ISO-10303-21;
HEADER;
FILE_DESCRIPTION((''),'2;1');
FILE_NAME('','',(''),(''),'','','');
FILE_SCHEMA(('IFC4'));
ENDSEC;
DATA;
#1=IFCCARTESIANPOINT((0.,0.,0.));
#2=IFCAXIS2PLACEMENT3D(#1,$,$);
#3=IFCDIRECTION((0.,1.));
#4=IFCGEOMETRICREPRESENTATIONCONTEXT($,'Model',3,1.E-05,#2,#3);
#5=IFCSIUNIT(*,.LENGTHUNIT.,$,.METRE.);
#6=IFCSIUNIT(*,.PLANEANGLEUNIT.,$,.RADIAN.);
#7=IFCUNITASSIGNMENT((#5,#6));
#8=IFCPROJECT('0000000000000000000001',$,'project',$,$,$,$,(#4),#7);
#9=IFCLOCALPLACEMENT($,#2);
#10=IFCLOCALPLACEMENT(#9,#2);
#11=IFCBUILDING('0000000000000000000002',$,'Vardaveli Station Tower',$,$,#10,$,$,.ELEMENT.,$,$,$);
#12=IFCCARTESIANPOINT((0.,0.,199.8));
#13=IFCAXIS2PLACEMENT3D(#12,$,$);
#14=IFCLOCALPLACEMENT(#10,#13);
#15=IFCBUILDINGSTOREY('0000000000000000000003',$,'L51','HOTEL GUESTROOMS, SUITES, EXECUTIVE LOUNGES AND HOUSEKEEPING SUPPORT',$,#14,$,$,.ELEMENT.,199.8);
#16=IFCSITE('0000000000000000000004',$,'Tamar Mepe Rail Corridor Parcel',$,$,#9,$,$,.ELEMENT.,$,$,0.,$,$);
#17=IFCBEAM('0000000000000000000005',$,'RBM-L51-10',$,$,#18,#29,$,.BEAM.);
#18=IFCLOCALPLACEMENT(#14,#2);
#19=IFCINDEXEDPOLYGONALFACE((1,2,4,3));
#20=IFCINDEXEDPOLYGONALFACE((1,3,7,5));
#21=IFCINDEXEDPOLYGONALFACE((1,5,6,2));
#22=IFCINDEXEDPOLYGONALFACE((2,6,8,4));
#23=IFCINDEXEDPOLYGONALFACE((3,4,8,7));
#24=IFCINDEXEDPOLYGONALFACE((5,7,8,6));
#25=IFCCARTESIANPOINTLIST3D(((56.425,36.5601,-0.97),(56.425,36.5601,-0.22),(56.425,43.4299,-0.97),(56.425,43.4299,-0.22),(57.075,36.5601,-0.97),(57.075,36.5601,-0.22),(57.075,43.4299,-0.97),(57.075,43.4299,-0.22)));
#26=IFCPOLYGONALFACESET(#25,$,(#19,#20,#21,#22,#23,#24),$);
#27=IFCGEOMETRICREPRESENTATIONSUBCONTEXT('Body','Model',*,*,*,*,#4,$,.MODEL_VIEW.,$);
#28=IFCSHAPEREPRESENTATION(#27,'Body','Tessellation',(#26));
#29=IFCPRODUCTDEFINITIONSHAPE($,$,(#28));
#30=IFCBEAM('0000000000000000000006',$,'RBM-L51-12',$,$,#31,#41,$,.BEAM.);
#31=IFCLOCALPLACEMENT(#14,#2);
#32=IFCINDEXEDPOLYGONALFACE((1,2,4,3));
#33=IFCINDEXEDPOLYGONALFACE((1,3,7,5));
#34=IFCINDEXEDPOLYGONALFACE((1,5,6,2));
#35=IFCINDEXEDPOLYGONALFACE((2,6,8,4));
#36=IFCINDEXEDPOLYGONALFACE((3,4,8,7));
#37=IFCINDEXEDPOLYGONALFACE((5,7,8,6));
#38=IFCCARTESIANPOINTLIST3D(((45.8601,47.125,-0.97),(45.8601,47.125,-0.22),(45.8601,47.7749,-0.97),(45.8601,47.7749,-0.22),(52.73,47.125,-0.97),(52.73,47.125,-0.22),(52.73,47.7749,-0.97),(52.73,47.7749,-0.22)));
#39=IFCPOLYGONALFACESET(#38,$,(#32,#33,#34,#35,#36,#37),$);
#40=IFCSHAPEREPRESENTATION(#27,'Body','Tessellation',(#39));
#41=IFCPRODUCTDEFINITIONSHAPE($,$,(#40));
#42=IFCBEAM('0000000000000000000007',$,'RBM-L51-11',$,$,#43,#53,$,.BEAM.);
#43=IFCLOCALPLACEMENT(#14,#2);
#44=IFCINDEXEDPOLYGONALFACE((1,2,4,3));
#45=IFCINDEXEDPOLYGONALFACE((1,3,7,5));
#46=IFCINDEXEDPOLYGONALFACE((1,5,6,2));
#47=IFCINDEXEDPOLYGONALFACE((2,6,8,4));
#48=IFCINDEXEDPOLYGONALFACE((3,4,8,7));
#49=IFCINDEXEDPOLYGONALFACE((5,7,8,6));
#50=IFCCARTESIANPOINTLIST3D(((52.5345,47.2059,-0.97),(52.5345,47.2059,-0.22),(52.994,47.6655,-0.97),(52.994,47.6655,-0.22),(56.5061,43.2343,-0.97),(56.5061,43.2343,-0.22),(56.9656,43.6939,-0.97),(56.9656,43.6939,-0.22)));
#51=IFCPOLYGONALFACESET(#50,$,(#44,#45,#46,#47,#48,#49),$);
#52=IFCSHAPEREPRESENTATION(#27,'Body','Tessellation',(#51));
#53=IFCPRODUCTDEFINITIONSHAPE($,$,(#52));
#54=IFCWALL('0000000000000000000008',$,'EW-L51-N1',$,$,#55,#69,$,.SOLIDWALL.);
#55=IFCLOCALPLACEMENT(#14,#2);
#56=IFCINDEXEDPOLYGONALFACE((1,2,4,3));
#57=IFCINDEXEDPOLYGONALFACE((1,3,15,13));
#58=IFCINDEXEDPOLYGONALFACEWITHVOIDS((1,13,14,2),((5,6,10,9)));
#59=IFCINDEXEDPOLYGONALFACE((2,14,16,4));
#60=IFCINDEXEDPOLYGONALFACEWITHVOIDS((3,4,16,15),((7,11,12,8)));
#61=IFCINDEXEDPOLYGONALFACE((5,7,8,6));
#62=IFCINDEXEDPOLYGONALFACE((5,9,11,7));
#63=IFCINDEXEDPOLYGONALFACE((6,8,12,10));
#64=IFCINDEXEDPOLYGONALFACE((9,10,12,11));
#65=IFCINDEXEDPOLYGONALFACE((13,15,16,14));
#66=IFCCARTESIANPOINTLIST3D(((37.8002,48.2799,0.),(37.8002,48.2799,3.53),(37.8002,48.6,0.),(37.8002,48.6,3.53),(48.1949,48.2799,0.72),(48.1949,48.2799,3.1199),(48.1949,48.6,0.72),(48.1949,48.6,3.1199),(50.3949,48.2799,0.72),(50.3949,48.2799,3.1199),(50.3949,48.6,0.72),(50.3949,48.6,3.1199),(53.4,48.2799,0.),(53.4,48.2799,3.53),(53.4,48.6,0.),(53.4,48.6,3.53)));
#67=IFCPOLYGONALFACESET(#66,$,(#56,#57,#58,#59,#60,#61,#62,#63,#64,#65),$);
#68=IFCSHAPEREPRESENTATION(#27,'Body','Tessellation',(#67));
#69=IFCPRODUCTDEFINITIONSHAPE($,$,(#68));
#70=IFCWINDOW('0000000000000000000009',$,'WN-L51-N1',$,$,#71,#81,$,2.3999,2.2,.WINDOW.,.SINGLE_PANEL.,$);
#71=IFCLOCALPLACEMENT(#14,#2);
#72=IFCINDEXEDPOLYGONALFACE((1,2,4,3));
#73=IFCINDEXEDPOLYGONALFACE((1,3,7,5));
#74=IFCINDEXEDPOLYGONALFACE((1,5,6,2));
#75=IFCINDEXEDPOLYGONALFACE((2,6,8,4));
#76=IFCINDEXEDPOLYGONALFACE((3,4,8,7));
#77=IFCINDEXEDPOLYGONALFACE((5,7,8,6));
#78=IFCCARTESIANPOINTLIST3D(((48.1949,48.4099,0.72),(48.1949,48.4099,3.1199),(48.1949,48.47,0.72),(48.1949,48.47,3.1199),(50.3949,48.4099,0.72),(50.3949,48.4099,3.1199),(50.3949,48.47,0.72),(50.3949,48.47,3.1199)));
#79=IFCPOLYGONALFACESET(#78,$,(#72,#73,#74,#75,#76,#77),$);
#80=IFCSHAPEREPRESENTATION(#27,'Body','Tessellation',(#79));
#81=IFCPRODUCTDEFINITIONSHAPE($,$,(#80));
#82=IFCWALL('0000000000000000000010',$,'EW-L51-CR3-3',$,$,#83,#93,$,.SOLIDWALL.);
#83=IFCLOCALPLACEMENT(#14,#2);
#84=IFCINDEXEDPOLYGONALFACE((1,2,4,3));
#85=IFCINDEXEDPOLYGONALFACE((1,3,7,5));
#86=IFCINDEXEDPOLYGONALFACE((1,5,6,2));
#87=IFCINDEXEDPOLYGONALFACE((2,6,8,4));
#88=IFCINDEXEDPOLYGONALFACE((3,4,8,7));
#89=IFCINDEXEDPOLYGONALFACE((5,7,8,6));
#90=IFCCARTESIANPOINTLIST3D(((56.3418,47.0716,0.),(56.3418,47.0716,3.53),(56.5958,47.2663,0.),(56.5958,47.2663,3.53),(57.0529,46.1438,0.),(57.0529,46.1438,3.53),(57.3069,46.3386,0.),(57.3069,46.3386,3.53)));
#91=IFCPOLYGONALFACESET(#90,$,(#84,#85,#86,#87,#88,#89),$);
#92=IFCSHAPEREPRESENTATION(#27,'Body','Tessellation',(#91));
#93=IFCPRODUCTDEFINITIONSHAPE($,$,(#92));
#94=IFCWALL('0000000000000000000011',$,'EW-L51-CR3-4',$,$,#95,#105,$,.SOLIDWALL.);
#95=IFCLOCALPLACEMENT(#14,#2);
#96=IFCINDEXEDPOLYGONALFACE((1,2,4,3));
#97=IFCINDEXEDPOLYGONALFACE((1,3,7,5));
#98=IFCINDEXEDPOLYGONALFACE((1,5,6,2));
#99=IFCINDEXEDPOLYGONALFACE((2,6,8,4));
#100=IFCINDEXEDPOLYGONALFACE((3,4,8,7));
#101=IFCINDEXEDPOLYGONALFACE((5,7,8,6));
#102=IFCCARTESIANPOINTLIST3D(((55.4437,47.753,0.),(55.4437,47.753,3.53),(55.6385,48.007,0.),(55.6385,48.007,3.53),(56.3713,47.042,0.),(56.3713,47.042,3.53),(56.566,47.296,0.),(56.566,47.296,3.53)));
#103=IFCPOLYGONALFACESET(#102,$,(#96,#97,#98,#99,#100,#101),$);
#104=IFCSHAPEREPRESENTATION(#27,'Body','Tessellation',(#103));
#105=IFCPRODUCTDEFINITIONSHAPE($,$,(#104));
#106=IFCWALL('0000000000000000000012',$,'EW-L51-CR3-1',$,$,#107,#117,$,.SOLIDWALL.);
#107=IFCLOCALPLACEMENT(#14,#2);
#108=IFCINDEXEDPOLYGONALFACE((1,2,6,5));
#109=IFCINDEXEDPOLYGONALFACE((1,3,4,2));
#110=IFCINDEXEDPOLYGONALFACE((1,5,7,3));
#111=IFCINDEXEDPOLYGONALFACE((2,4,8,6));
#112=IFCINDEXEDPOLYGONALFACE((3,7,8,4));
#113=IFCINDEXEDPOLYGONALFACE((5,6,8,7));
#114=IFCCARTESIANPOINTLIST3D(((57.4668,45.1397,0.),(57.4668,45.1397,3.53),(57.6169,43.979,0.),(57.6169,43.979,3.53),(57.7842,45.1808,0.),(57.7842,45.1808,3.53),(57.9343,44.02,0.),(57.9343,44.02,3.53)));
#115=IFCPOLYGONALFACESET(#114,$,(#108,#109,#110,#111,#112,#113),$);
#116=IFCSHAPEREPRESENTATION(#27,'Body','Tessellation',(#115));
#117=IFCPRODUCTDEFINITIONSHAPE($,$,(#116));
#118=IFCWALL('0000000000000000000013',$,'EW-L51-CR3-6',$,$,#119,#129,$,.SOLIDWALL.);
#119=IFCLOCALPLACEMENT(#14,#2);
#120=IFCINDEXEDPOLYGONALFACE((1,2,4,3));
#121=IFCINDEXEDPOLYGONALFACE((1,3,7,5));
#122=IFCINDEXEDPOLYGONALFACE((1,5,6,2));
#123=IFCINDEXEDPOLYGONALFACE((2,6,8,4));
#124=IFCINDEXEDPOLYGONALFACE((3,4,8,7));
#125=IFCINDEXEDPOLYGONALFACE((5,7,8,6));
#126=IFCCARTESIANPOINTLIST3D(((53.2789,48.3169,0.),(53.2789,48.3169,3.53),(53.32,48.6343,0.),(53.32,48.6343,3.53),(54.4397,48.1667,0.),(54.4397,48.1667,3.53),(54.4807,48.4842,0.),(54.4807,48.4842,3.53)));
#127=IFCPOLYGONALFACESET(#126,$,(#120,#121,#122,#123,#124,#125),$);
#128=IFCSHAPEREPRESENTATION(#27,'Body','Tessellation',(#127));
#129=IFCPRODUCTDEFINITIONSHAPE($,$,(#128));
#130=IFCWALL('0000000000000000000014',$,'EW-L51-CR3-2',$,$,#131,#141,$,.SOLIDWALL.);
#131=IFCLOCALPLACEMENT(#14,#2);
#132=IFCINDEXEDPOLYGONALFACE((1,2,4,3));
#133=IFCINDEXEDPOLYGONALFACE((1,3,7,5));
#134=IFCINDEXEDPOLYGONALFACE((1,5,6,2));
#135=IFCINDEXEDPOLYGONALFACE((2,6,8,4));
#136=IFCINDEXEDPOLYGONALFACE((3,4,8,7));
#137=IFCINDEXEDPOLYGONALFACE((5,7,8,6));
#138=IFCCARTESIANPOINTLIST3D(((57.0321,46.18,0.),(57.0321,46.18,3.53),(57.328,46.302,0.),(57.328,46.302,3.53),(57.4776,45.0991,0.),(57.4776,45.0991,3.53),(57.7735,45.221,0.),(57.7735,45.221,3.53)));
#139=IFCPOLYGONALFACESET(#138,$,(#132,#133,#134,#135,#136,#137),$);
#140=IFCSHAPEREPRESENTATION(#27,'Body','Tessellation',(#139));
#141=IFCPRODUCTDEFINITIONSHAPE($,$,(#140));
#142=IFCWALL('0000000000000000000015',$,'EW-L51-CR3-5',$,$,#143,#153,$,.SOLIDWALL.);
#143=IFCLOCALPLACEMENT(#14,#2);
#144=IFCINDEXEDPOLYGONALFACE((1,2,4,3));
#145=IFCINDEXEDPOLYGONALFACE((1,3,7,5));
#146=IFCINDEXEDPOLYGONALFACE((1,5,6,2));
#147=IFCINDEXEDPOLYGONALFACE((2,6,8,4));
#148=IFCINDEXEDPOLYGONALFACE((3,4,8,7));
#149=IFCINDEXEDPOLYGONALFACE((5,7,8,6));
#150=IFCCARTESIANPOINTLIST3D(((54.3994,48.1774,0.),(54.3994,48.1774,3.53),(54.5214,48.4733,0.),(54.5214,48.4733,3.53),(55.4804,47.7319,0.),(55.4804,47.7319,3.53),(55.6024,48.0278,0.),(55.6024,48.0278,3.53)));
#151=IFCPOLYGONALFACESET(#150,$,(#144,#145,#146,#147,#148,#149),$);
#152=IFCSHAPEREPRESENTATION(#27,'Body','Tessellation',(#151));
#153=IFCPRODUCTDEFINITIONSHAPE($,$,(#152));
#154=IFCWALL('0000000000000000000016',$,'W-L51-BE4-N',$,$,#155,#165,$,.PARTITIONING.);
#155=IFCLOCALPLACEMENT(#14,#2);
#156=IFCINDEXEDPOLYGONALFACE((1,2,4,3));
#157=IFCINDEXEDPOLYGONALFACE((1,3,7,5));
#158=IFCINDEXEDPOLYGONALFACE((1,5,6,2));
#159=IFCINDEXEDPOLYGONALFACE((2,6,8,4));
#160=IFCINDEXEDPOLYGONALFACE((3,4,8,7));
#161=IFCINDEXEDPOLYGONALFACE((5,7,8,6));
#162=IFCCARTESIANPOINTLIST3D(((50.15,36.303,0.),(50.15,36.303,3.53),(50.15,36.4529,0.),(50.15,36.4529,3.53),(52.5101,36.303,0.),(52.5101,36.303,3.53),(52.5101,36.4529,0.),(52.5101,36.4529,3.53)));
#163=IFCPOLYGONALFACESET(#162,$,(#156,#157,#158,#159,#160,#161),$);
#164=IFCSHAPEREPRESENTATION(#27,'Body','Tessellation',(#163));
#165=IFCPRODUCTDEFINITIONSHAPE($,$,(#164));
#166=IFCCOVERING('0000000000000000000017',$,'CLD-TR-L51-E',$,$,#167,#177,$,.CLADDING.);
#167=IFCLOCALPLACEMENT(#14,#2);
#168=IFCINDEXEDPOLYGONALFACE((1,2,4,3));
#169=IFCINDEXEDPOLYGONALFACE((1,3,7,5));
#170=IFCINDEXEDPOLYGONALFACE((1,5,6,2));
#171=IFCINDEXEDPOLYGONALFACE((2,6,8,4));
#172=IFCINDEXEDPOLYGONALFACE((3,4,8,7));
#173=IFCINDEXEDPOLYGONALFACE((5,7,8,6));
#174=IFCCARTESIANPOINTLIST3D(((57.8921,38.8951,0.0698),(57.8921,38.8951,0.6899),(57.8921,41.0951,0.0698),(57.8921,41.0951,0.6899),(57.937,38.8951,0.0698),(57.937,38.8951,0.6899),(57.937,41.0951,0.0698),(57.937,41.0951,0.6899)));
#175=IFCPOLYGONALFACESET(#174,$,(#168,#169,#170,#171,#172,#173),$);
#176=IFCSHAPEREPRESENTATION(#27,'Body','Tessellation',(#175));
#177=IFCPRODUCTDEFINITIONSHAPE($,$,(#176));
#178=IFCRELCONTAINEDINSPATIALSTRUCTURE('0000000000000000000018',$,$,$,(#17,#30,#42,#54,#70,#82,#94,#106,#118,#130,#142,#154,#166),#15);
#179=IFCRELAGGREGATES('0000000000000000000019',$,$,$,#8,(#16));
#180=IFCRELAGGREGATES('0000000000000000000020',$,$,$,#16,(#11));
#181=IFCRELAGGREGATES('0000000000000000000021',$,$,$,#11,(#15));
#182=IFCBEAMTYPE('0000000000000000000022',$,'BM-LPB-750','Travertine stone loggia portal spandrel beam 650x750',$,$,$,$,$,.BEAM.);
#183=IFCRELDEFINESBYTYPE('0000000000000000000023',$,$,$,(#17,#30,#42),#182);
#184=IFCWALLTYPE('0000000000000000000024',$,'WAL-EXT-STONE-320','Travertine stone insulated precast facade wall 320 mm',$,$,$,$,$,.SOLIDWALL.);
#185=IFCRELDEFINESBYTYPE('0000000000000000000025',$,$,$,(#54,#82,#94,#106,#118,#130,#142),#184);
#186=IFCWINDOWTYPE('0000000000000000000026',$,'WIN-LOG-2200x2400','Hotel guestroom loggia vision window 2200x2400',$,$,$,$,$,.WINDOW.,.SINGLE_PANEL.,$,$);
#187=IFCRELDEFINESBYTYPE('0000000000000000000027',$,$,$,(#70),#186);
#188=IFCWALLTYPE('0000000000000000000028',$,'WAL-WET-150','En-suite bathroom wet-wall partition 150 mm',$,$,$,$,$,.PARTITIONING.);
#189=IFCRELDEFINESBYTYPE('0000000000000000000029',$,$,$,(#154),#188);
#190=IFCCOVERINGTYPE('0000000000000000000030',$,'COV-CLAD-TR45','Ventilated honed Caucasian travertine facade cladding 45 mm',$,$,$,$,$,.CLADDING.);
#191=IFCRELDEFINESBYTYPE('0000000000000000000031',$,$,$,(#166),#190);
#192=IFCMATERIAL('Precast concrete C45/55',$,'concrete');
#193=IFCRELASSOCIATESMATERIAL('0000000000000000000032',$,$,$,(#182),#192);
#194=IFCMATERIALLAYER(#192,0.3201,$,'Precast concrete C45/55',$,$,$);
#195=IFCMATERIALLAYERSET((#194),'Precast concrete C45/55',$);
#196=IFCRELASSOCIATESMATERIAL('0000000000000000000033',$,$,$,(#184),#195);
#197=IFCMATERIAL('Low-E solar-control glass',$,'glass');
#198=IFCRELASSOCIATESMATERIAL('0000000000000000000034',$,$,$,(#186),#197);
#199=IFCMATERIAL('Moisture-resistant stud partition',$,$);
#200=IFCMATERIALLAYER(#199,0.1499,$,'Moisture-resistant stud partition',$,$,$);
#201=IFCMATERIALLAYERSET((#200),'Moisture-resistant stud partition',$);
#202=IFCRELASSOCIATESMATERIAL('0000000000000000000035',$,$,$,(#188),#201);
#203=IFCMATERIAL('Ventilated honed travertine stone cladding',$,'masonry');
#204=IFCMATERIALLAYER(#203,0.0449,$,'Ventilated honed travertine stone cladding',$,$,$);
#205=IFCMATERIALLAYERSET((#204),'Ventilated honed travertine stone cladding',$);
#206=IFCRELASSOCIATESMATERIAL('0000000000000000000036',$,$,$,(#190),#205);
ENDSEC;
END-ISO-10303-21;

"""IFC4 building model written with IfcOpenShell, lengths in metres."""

from ifc_helpers import new_model, si_unit, direction, frame, frame_2d, origin, origin_2d, place, context, subcontext, project, spatial, rectangle, extrude, source, transform, mapped, material, layer, layer_set, material_profile, profile_set, type_object, element, fill, save


model = new_model("IFC4")

# Units and contexts
model_context = context("Model", 3, precision=1e-05, world=origin(), true_north=direction((0.0, 1.0)))
body_context = subcontext(model_context, "Body", "Model", "MODEL_VIEW")
ifc_project = project(units=[si_unit("LENGTHUNIT", "METRE"), si_unit("PLANEANGLEUNIT", "RADIAN")], contexts=[model_context])

# Site, building, storey
site_placement = place(None, origin())
site = spatial("IfcSite", under=ifc_project, at=site_placement, Name="Tamar Mepe Rail Corridor Parcel", CompositionType="ELEMENT", RefElevation=0.0)
building_placement = place(site_placement, origin())
building = spatial("IfcBuilding", under=site, at=building_placement, Name="Vardaveli Station Tower", CompositionType="ELEMENT")
storey_placement = place(building_placement, frame((0.0, 0.0, 199.8)))
storey = spatial("IfcBuildingStorey", under=building, at=storey_placement, Name="L51", Description="HOTEL GUESTROOMS, SUITES, EXECUTIVE LOUNGES AND HOUSEKEEPING SUPPORT", CompositionType="ELEMENT", Elevation=199.8)

# Beams
ifc_material_1 = material(Name="Precast concrete C45/55", Category="concrete")
ifc_material_profile_1 = material_profile(ifc_material_1, rectangle(XDim=0.6499, YDim=0.75, at=origin_2d()), Name="LPB 650x750")
ifc_profile_set_1 = profile_set([ifc_material_profile_1], Name="Precast concrete C45/55")
beam_type = type_object("IfcBeamType", Name="BM-LPB-750", Description="Travertine stone loggia portal spandrel beam 650x750", PredefinedType="BEAM", material=ifc_profile_set_1)
shared_shape_1 = source(origin(), body_context, "Body", "SweptSolid", [
    extrude(rectangle(XDim=0.6499, YDim=0.75, at=origin_2d()), origin(), (0.0, 0.0, 1.0), 6.8699),
])
for number, where, z_axis, x_axis, name in (
    (1, (56.75, 36.5601, -0.595), (0.0, 1.0, 0.0), (-1.0, 0.0, 0.0), "RBM-L51-10"),
    (2, (52.73, 47.45, -0.595), (-1.0, 0.0, 0.0), (0.0, -1.0, 0.0), "RBM-L51-12"),
):
    element("IfcBeam", number, at=place(storey_placement, frame(where, z_axis=z_axis, x_axis=x_axis)), inside=storey, type_object=beam_type, Name=name, PredefinedType="BEAM", context=body_context, shape_type="MappedRepresentation", body=[
        mapped(shared_shape_1, transform((0.0, 0.0, 0.0), scale=1.0)),
    ])
shared_shape_2 = source(origin(), body_context, "Body", "SweptSolid", [
    extrude(rectangle(XDim=0.6499, YDim=0.75, at=origin_2d()), origin(), (0.0, 0.0, 1.0), 5.6167),
])
beam_1_placement = place(storey_placement, frame((56.7358, 43.4641, -0.595), z_axis=(-0.707107, 0.707107, 0.0), x_axis=(-0.707107, -0.707107, 0.0)))
element("IfcBeam", 3, at=beam_1_placement, inside=storey, type_object=beam_type, Name="RBM-L51-11", PredefinedType="BEAM", context=body_context, shape_type="MappedRepresentation", body=[
    mapped(shared_shape_2, transform((0.0, 0.0, 0.0), scale=1.0)),
])

# Wall, opening, window
ifc_layer_1 = layer(ifc_material_1, 0.3201, Name="Precast concrete C45/55")
ifc_layer_set_1 = layer_set([ifc_layer_1], Name="Precast concrete C45/55")
wall_type_1 = type_object("IfcWallType", Name="WAL-EXT-STONE-320", Description="Travertine stone insulated precast facade wall 320 mm", PredefinedType="SOLIDWALL", material=ifc_layer_set_1)
shared_shape_3 = source(origin(), body_context, "Body", "SweptSolid", [
    extrude(rectangle(XDim=15.5999, YDim=0.3201, at=frame_2d((7.7998, 0.0))), origin(), (0.0, 0.0, 1.0), 3.53),
])
wall_1_placement = place(storey_placement, frame((53.3999, 48.4399, 0.0), z_axis=(0.0, 0.0, 1.0), x_axis=(-1.0, 0.0, 0.0)))
wall_1 = element("IfcWall", 4, at=wall_1_placement, inside=storey, type_object=wall_type_1, Name="EW-L51-N1", PredefinedType="SOLIDWALL", context=body_context, shape_type="MappedRepresentation", body=[
    mapped(shared_shape_3, transform((0.0, 0.0, 0.0), scale=1.0)),
])
shared_shape_4 = source(origin(), body_context, "Body", "SweptSolid", [
    extrude(rectangle(XDim=2.2, YDim=2.3999, at=frame_2d((1.1001, 1.2))), frame((0.0, 0.1699, 0.0), z_axis=(0.0, -1.0, 0.0), x_axis=(1.0, 0.0, 0.0)), (0.0, 0.0, 1.0), 0.3401),
])
opening_placement = place(wall_1_placement, frame((3.0049, 0.0, 0.72)))
opening = element("IfcOpeningElement", 5, at=opening_placement, cuts=wall_1, PredefinedType="OPENING", context=body_context, shape_type="MappedRepresentation", body=[
    mapped(shared_shape_4, transform((0.0, 0.0, 0.0), scale=1.0)),
])
ifc_material_2 = material(Name="Low-E solar-control glass", Category="glass")
window_type = type_object("IfcWindowType", Name="WIN-LOG-2200x2400", Description="Hotel guestroom loggia vision window 2200x2400", PartitioningType="SINGLE_PANEL", PredefinedType="WINDOW", material=ifc_material_2)
shared_shape_5 = source(origin(), body_context, "Body", "SweptSolid", [
    extrude(rectangle(XDim=2.2, YDim=2.3999, at=frame_2d((1.1001, 1.2))), frame((0.0, 0.03, 0.0), z_axis=(0.0, -1.0, 0.0), x_axis=(1.0, 0.0, 0.0)), (0.0, 0.0, 1.0), 0.0601),
])
window_placement = place(opening_placement, origin())
window = element("IfcWindow", 6, at=window_placement, inside=storey, type_object=window_type, Name="WN-L51-N1", OverallHeight=2.3999, OverallWidth=2.2, PartitioningType="SINGLE_PANEL", PredefinedType="WINDOW", context=body_context, shape_type="MappedRepresentation", body=[
    mapped(shared_shape_5, transform((0.0, 0.0, 0.0), scale=1.0)),
])
fill(opening, window)

# Walls
shared_shape_6 = source(origin(), body_context, "Body", "SweptSolid", [
    extrude(rectangle(XDim=1.1689, YDim=0.3201, at=frame_2d((0.5845, 0.0))), origin(), (0.0, 0.0, 1.0), 3.53),
])
wall_2_placement = place(storey_placement, frame((57.1799, 46.2412, 0.0), z_axis=(0.0, 0.0, 1.0), x_axis=(-0.608388, 0.79364, 0.0)))
element("IfcWall", 7, at=wall_2_placement, inside=storey, type_object=wall_type_1, Name="EW-L51-CR3-3", PredefinedType="SOLIDWALL", context=body_context, shape_type="MappedRepresentation", body=[
    mapped(shared_shape_6, transform((0.0, 0.0, 0.0), scale=1.0)),
])
shared_shape_7 = source(origin(), body_context, "Body", "SweptSolid", [
    extrude(rectangle(XDim=1.1687, YDim=0.3201, at=frame_2d((0.5845, 0.0))), origin(), (0.0, 0.0, 1.0), 3.53),
])
wall_3_placement = place(storey_placement, frame((56.4688, 47.1689, 0.0), z_axis=(0.0, 0.0, 1.0), x_axis=(-0.793664, 0.608357, 0.0)))
element("IfcWall", 8, at=wall_3_placement, inside=storey, type_object=wall_type_1, Name="EW-L51-CR3-4", PredefinedType="SOLIDWALL", context=body_context, shape_type="MappedRepresentation", body=[
    mapped(shared_shape_7, transform((0.0, 0.0, 0.0), scale=1.0)),
])
shared_shape_8 = source(origin(), body_context, "Body", "SweptSolid", [
    extrude(rectangle(XDim=1.1704, YDim=0.3201, at=frame_2d((0.5852, 0.0))), origin(), (0.0, 0.0, 1.0), 3.53),
])
for number, where, z_axis, x_axis, name in (
    (9, (57.7756, 43.9995, 0.0), (0.0, 0.0, 1.0), (-0.128296, 0.991736, 0.0), "EW-L51-CR3-1"),
    (10, (54.4602, 48.3254, 0.0), (0.0, 0.0, 1.0), (-0.991736, 0.128296, 0.0), "EW-L51-CR3-6"),
):
    element("IfcWall", number, at=place(storey_placement, frame(where, z_axis=z_axis, x_axis=x_axis)), inside=storey, type_object=wall_type_1, Name=name, PredefinedType="SOLIDWALL", context=body_context, shape_type="MappedRepresentation", body=[
        mapped(shared_shape_8, transform((0.0, 0.0, 0.0), scale=1.0)),
    ])
shared_shape_9 = source(origin(), body_context, "Body", "SweptSolid", [
    extrude(rectangle(XDim=1.1692, YDim=0.3201, at=frame_2d((0.5845, 0.0))), origin(), (0.0, 0.0, 1.0), 3.53),
])
for number, where, z_axis, x_axis, name in (
    (11, (57.6255, 45.1602, 0.0), (0.0, 0.0, 1.0), (-0.381054, 0.924553, 0.0), "EW-L51-CR3-2"),
    (12, (55.5413, 47.8799, 0.0), (0.0, 0.0, 1.0), (-0.924553, 0.381054, 0.0), "EW-L51-CR3-5"),
):
    element("IfcWall", number, at=place(storey_placement, frame(where, z_axis=z_axis, x_axis=x_axis)), inside=storey, type_object=wall_type_1, Name=name, PredefinedType="SOLIDWALL", context=body_context, shape_type="MappedRepresentation", body=[
        mapped(shared_shape_9, transform((0.0, 0.0, 0.0), scale=1.0)),
    ])
ifc_material_3 = material(Name="Moisture-resistant stud partition")
ifc_layer_2 = layer(ifc_material_3, 0.1499, Name="Moisture-resistant stud partition")
ifc_layer_set_2 = layer_set([ifc_layer_2], Name="Moisture-resistant stud partition")
wall_type_2 = type_object("IfcWallType", Name="WAL-WET-150", Description="En-suite bathroom wet-wall partition 150 mm", PredefinedType="PARTITIONING", material=ifc_layer_set_2)
shared_shape_10 = source(origin(), body_context, "Body", "SweptSolid", [
    extrude(rectangle(XDim=2.3601, YDim=0.1499, at=frame_2d((1.1802, 0.0))), origin(), (0.0, 0.0, 1.0), 3.53),
])
wall_4_placement = place(storey_placement, frame((50.1499, 36.3779, 0.0), z_axis=(0.0, 0.0, 1.0), x_axis=(1.0, 0.0, 0.0)))
element("IfcWall", 13, at=wall_4_placement, inside=storey, type_object=wall_type_2, Name="W-L51-BE4-N", PredefinedType="PARTITIONING", context=body_context, shape_type="MappedRepresentation", body=[
    mapped(shared_shape_10, transform((0.0, 0.0, 0.0), scale=1.0)),
])

# Covering
ifc_material_4 = material(Name="Ventilated honed travertine stone cladding", Category="masonry")
ifc_layer_3 = layer(ifc_material_4, 0.0449, Name="Ventilated honed travertine stone cladding")
ifc_layer_set_3 = layer_set([ifc_layer_3], Name="Ventilated honed travertine stone cladding")
covering_type = type_object("IfcCoveringType", Name="COV-CLAD-TR45", Description="Ventilated honed Caucasian travertine facade cladding 45 mm", PredefinedType="CLADDING", material=ifc_layer_set_3)
shared_shape_11 = source(origin(), body_context, "Body", "SweptSolid", [
    extrude(rectangle(XDim=2.2, YDim=0.0449, at=origin_2d()), origin(), (0.0, 0.0, 1.0), 0.6201),
])
covering_placement = place(storey_placement, frame((57.9146, 39.9951, 0.0698), z_axis=(0.0, 0.0, 1.0), x_axis=(0.0, 1.0, 0.0)))
element("IfcCovering", 14, at=covering_placement, inside=storey, type_object=covering_type, Name="CLD-TR-L51-E", PredefinedType="CLADDING", context=body_context, shape_type="MappedRepresentation", body=[
    mapped(shared_shape_11, transform((0.0, 0.0, 0.0), scale=1.0)),
])

save(model, "model.ifc")
